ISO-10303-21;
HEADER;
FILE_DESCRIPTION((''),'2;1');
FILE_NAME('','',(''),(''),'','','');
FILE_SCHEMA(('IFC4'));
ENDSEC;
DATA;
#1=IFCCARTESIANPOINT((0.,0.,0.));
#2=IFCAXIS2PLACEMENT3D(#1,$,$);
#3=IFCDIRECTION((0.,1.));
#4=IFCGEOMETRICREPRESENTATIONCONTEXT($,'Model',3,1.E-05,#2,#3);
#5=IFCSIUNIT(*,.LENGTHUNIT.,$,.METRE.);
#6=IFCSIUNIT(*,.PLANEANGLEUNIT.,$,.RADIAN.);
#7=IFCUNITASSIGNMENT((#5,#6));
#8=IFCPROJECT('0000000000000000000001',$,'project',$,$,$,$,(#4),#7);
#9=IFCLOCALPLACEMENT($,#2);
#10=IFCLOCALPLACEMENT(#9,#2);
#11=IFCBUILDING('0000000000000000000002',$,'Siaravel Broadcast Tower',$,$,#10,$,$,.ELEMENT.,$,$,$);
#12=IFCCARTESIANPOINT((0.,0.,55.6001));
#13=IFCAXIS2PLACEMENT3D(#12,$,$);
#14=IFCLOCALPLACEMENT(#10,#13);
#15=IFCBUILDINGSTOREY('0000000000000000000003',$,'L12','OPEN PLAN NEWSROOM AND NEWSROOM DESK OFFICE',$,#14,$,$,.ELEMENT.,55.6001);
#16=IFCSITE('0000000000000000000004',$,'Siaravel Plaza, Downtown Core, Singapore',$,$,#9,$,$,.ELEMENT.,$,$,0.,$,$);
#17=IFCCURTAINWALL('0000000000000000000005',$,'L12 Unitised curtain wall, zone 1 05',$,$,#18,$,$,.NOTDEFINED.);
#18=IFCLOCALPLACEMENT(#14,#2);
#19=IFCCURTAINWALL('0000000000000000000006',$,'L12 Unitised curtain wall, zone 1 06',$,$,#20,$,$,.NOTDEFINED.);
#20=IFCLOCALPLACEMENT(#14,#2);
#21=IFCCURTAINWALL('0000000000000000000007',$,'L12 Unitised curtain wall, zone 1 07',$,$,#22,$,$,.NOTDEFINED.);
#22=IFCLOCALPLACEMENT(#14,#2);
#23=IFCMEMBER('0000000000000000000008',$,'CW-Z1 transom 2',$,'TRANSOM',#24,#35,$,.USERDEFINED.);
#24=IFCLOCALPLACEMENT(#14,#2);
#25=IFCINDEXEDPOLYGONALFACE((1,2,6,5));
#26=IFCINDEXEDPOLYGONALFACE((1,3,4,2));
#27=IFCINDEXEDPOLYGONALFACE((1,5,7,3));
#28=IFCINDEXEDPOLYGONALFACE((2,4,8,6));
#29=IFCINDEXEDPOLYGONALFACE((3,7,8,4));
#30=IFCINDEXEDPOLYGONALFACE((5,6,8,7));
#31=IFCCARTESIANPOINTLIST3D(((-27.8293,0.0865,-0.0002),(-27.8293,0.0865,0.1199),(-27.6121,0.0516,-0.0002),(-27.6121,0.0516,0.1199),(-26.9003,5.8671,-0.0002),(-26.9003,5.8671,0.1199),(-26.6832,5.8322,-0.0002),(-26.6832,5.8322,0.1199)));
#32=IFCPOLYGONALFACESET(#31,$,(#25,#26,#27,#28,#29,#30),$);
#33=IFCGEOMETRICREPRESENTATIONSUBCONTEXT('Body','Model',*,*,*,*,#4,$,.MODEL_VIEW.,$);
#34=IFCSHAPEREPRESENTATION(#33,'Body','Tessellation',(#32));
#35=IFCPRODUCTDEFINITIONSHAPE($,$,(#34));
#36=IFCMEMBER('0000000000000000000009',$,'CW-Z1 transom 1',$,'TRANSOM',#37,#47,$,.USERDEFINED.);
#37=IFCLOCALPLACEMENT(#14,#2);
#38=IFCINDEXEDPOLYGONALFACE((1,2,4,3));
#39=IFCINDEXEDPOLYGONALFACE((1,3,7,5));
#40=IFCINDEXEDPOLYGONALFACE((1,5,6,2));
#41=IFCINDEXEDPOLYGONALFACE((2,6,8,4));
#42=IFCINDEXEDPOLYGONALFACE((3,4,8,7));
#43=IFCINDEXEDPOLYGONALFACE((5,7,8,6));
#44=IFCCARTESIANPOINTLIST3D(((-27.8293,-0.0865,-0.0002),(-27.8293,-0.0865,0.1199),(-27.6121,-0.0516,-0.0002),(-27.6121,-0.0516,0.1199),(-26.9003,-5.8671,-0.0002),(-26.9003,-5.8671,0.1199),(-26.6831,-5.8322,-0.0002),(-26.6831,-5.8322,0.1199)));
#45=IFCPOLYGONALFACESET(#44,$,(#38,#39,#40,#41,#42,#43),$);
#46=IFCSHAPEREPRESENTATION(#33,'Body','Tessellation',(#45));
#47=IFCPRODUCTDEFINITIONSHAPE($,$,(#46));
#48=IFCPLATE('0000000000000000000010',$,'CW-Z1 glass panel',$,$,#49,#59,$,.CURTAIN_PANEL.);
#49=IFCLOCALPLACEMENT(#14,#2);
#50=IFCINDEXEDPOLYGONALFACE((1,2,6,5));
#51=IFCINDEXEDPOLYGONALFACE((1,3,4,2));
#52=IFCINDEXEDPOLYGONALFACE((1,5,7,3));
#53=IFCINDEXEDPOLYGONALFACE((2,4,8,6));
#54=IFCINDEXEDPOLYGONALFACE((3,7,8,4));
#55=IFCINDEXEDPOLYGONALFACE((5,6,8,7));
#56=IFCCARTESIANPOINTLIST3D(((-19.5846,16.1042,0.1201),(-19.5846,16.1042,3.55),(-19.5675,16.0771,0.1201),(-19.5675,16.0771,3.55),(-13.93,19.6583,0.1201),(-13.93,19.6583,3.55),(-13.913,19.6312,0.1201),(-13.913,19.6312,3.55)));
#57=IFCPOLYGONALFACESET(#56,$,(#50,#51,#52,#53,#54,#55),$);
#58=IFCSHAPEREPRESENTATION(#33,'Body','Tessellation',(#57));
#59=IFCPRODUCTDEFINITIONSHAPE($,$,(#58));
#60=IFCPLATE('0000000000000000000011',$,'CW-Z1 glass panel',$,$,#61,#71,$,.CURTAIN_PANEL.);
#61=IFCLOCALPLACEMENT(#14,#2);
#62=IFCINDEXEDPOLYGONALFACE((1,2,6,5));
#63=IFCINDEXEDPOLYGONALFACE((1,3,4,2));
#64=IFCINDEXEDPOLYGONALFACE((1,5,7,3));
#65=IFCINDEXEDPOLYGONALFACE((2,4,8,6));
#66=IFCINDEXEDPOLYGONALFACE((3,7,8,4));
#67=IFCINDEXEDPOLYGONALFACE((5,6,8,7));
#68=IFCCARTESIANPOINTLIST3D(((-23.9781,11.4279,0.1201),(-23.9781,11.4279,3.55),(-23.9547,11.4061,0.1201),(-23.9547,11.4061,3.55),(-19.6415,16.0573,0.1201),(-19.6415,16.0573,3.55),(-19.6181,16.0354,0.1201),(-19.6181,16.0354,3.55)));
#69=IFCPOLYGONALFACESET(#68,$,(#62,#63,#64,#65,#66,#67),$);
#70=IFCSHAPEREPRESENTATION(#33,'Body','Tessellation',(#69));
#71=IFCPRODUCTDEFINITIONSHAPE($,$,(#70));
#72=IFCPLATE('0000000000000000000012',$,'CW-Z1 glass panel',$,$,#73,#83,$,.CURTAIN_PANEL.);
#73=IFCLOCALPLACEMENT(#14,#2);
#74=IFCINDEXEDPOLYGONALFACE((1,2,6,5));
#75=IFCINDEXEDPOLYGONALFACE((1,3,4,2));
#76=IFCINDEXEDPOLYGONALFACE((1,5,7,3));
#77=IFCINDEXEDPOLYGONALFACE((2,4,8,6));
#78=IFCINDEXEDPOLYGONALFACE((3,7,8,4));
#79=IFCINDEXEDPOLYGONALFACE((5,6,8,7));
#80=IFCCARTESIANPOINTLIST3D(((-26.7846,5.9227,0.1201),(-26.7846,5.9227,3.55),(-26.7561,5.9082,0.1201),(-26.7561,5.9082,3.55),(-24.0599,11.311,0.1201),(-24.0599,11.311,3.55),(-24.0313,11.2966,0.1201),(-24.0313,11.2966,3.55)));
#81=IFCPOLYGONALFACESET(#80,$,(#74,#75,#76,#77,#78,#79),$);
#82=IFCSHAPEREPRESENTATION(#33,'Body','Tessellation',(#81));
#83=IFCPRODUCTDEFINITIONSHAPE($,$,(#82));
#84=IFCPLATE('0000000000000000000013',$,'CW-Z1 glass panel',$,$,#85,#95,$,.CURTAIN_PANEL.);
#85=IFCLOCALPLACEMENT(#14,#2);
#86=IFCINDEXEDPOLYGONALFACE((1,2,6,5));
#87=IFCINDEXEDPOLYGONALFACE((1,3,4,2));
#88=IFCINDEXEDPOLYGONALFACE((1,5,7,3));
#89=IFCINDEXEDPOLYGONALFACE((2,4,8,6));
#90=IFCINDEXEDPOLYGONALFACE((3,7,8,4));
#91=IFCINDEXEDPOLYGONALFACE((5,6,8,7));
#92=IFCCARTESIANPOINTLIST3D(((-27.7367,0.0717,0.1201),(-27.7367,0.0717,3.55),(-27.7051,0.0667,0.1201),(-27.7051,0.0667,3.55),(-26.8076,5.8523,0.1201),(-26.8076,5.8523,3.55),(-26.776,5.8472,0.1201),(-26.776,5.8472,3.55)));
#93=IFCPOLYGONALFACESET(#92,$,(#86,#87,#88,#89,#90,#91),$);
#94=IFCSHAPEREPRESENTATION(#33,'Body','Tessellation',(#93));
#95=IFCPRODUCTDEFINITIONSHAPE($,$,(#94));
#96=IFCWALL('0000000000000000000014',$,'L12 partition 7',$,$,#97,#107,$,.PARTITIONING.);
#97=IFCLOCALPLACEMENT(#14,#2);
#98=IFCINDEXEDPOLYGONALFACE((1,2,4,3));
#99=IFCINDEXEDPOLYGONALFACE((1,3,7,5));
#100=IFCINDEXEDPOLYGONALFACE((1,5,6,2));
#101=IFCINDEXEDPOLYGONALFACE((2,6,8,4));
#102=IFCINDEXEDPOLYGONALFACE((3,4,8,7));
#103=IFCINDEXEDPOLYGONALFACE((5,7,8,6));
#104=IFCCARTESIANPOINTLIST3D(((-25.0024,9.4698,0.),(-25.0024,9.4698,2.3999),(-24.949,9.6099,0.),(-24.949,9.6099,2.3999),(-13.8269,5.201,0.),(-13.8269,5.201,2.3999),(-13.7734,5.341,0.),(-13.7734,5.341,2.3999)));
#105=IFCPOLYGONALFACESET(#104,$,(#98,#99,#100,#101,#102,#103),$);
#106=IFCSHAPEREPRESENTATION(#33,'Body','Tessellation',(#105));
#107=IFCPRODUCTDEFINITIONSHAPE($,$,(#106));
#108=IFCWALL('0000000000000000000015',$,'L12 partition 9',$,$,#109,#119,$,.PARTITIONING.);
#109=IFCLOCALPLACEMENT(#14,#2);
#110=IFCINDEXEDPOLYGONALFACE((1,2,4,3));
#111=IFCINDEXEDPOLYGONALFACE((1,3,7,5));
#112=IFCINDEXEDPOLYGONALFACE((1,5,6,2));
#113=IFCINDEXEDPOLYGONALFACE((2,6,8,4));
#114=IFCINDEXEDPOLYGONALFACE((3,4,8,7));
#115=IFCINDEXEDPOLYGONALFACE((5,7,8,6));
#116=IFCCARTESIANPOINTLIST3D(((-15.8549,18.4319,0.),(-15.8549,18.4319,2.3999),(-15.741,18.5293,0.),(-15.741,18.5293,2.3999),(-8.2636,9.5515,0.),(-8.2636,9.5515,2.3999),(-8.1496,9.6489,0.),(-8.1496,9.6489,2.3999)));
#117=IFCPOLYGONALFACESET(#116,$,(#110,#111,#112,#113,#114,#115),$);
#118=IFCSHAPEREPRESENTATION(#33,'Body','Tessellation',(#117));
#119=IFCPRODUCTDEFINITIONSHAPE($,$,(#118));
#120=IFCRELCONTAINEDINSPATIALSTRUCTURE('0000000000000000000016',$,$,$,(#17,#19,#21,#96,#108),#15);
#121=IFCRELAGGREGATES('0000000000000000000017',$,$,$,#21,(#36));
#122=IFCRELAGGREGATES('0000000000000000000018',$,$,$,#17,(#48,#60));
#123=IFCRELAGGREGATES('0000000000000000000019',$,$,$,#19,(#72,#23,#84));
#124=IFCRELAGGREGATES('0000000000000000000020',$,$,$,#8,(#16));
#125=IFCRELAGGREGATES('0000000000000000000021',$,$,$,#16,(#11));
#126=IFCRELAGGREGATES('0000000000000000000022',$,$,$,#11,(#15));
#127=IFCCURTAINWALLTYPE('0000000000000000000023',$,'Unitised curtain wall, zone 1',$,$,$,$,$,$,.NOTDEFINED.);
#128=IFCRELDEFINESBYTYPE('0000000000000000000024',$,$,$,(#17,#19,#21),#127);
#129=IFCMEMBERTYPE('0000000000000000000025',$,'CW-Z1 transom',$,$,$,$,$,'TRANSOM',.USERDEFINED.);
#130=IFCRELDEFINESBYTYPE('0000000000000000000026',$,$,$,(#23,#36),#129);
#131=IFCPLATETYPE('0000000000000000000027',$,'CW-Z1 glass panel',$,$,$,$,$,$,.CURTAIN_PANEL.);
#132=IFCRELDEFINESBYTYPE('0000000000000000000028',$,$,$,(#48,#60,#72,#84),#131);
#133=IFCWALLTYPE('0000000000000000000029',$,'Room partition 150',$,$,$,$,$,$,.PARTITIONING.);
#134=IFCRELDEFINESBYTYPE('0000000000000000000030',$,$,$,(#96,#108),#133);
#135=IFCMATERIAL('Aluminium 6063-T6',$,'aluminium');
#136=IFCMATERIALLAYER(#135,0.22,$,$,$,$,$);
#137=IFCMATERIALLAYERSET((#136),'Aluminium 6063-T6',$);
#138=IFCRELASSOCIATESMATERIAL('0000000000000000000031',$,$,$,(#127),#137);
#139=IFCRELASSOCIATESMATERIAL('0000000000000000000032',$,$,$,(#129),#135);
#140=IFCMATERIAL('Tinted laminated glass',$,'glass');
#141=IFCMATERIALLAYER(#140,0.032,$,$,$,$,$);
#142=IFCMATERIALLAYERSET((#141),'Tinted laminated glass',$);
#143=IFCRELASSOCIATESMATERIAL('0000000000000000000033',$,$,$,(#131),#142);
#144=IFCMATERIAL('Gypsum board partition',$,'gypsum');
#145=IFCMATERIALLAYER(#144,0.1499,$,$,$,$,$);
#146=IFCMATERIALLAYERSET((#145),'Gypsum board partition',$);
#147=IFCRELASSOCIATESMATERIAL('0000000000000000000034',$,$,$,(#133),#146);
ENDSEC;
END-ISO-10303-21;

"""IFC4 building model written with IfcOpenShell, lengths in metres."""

from ifc_helpers import new_model, si_unit, direction, frame, frame_2d, origin, origin_2d, place, context, subcontext, project, spatial, rectangle, extrude, material, layer, layer_set, material_profile, profile_set, type_object, element, aggregate, save


model = new_model("IFC4")

# Units and contexts
model_context = context("Model", 3, precision=1e-05, world=origin(), true_north=direction((0.0, 1.0)))
body_context = subcontext(model_context, "Body", "Model", "MODEL_VIEW")
ifc_project = project(units=[si_unit("LENGTHUNIT", "METRE"), si_unit("PLANEANGLEUNIT", "RADIAN")], contexts=[model_context])

# Site, building, storey
site_placement = place(None, origin())
site = spatial("IfcSite", under=ifc_project, at=site_placement, Name="Siaravel Plaza, Downtown Core, Singapore", CompositionType="ELEMENT", RefElevation=0.0)
building_placement = place(site_placement, origin())
building = spatial("IfcBuilding", under=site, at=building_placement, Name="Siaravel Broadcast Tower", CompositionType="ELEMENT")
storey_placement = place(building_placement, frame((0.0, 0.0, 55.6001)))
storey = spatial("IfcBuildingStorey", under=building, at=storey_placement, Name="L12", Description="OPEN PLAN NEWSROOM AND NEWSROOM DESK OFFICE", CompositionType="ELEMENT", Elevation=55.6001)

# Shared definitions
ifc_material_1 = material(Name="Aluminium 6063-T6", Category="aluminium")
ifc_layer_1 = layer(ifc_material_1, 0.22)
ifc_layer_set_1 = layer_set([ifc_layer_1], Name="Aluminium 6063-T6")
curtain_wall_type = type_object("IfcCurtainWallType", Name="Unitised curtain wall, zone 1", PredefinedType="NOTDEFINED", material=ifc_layer_set_1)

# Curtain walls
curtain_wall_1_placement = place(storey_placement, origin())
curtain_wall_1 = element("IfcCurtainWall", 1, at=curtain_wall_1_placement, inside=storey, type_object=curtain_wall_type, Name="L12 Unitised curtain wall, zone 1 05", PredefinedType="NOTDEFINED")
curtain_wall_2_placement = place(storey_placement, origin())
curtain_wall_2 = element("IfcCurtainWall", 2, at=curtain_wall_2_placement, inside=storey, type_object=curtain_wall_type, Name="L12 Unitised curtain wall, zone 1 06", PredefinedType="NOTDEFINED")

# Curtain wall
curtain_wall_3_placement = place(storey_placement, origin())
curtain_wall_3 = element("IfcCurtainWall", 3, at=curtain_wall_3_placement, inside=storey, type_object=curtain_wall_type, Name="L12 Unitised curtain wall, zone 1 07", PredefinedType="NOTDEFINED")

# Members
ifc_material_profile_1 = material_profile(ifc_material_1, rectangle(XDim=0.22, YDim=0.1201, at=origin_2d()))
ifc_profile_set_1 = profile_set([ifc_material_profile_1], Name="Aluminium 6063-T6")
member_type_1 = type_object("IfcMemberType", Name="CW-Z1 transom", ElementType="TRANSOM", PredefinedType="USERDEFINED", material=ifc_profile_set_1)
member_1_placement = place(storey_placement, frame((-26.7917, 5.8496, 0.0598), z_axis=(-0.158669, -0.987332, 0.0), x_axis=(0.987332, -0.158669, 0.0)))
member_1 = element("IfcMember", 4, at=member_1_placement, type_object=member_type_1, Name="CW-Z1 transom 2", ObjectType="TRANSOM", PredefinedType="USERDEFINED", context=body_context, shape_type="SweptSolid", body=[
    extrude(rectangle(XDim=0.22, YDim=0.1201, at=origin_2d()), origin(), (0.0, 0.0, 1.0), 5.8547),
])
member_2_placement = place(storey_placement, frame((-27.7207, -0.0691, 0.0598), z_axis=(0.158669, -0.987332, 0.0), x_axis=(0.987332, 0.158669, 0.0)))
member_2 = element("IfcMember", 5, at=member_2_placement, type_object=member_type_1, Name="CW-Z1 transom 1", ObjectType="TRANSOM", PredefinedType="USERDEFINED", context=body_context, shape_type="SweptSolid", body=[
    extrude(rectangle(XDim=0.22, YDim=0.1201, at=origin_2d()), origin(), (0.0, 0.0, 1.0), 5.8547),
])
aggregate(curtain_wall_3, [member_2])

# Plates
ifc_material_2 = material(Name="Tinted laminated glass", Category="glass")
ifc_layer_2 = layer(ifc_material_2, 0.032)
ifc_layer_set_2 = layer_set([ifc_layer_2], Name="Tinted laminated glass")
plate_type = type_object("IfcPlateType", Name="CW-Z1 glass panel", PredefinedType="CURTAIN_PANEL", material=ifc_layer_set_2)
plate_1_placement = place(storey_placement, frame((-16.7488, 17.8677, 0.1201), z_axis=(0.0, 0.0, 1.0), x_axis=(-0.846651, -0.532149, 0.0)))
plate_1 = element("IfcPlate", 6, at=plate_1_placement, type_object=plate_type, Name="CW-Z1 glass panel", PredefinedType="CURTAIN_PANEL", context=body_context, shape_type="SweptSolid", body=[
    extrude(rectangle(XDim=6.6787, YDim=0.032, at=origin_2d()), origin(), (0.0, 0.0, 1.0), 3.4299),
])
plate_2_placement = place(storey_placement, frame((-21.7981, 13.7317, 0.1201), z_axis=(0.0, 0.0, 1.0), x_axis=(-0.683655, -0.729805, 0.0)))
plate_2 = element("IfcPlate", 7, at=plate_2_placement, type_object=plate_type, Name="CW-Z1 glass panel", PredefinedType="CURTAIN_PANEL", context=body_context, shape_type="SweptSolid", body=[
    extrude(rectangle(XDim=6.3433, YDim=0.032, at=origin_2d()), origin(), (0.0, 0.0, 1.0), 3.4299),
])
aggregate(curtain_wall_1, [plate_1, plate_2])
plate_3_placement = place(storey_placement, frame((-25.408, 8.6096, 0.1201), z_axis=(0.0, 0.0, 1.0), x_axis=(-0.451261, -0.892392, 0.0)))
plate_3 = element("IfcPlate", 8, at=plate_3_placement, type_object=plate_type, Name="CW-Z1 glass panel", PredefinedType="CURTAIN_PANEL", context=body_context, shape_type="SweptSolid", body=[
    extrude(rectangle(XDim=6.0381, YDim=0.032, at=origin_2d()), origin(), (0.0, 0.0, 1.0), 3.4299),
])
plate_4_placement = place(storey_placement, frame((-27.2563, 2.9595, 0.1201), z_axis=(0.0, 0.0, 1.0), x_axis=(-0.158686, -0.987329, 0.0)))
plate_4 = element("IfcPlate", 9, at=plate_4_placement, type_object=plate_type, Name="CW-Z1 glass panel", PredefinedType="CURTAIN_PANEL", context=body_context, shape_type="SweptSolid", body=[
    extrude(rectangle(XDim=5.8547, YDim=0.032, at=origin_2d()), origin(), (0.0, 0.0, 1.0), 3.4299),
])
aggregate(curtain_wall_2, [plate_3, member_1, plate_4])

# Walls
ifc_material_3 = material(Name="Gypsum board partition", Category="gypsum")
ifc_layer_3 = layer(ifc_material_3, 0.1499)
ifc_layer_set_3 = layer_set([ifc_layer_3], Name="Gypsum board partition")
wall_type = type_object("IfcWallType", Name="Room partition 150", PredefinedType="PARTITIONING", material=ifc_layer_set_3)
wall_1_placement = place(storey_placement, frame((-24.9756, 9.5398, 0.0), z_axis=(0.0, 0.0, 1.0), x_axis=(0.934169, -0.356831, 0.0)))
element("IfcWall", 10, at=wall_1_placement, inside=storey, type_object=wall_type, Name="L12 partition 7", PredefinedType="PARTITIONING", context=body_context, shape_type="SweptSolid", body=[
    extrude(rectangle(XDim=11.9631, YDim=0.1499, at=frame_2d((5.9814, 0.0))), origin(), (0.0, 0.0, 1.0), 2.3999),
])
wall_2_placement = place(storey_placement, frame((-15.7979, 18.4805, 0.0), z_axis=(0.0, 0.0, 1.0), x_axis=(0.649782, -0.76012, 0.0)))
element("IfcWall", 11, at=wall_2_placement, inside=storey, type_object=wall_type, Name="L12 partition 9", PredefinedType="PARTITIONING", context=body_context, shape_type="SweptSolid", body=[
    extrude(rectangle(XDim=11.6829, YDim=0.1499, at=frame_2d((5.8413, 0.0))), origin(), (0.0, 0.0, 1.0), 2.3999),
])

save(model, "model.ifc")
